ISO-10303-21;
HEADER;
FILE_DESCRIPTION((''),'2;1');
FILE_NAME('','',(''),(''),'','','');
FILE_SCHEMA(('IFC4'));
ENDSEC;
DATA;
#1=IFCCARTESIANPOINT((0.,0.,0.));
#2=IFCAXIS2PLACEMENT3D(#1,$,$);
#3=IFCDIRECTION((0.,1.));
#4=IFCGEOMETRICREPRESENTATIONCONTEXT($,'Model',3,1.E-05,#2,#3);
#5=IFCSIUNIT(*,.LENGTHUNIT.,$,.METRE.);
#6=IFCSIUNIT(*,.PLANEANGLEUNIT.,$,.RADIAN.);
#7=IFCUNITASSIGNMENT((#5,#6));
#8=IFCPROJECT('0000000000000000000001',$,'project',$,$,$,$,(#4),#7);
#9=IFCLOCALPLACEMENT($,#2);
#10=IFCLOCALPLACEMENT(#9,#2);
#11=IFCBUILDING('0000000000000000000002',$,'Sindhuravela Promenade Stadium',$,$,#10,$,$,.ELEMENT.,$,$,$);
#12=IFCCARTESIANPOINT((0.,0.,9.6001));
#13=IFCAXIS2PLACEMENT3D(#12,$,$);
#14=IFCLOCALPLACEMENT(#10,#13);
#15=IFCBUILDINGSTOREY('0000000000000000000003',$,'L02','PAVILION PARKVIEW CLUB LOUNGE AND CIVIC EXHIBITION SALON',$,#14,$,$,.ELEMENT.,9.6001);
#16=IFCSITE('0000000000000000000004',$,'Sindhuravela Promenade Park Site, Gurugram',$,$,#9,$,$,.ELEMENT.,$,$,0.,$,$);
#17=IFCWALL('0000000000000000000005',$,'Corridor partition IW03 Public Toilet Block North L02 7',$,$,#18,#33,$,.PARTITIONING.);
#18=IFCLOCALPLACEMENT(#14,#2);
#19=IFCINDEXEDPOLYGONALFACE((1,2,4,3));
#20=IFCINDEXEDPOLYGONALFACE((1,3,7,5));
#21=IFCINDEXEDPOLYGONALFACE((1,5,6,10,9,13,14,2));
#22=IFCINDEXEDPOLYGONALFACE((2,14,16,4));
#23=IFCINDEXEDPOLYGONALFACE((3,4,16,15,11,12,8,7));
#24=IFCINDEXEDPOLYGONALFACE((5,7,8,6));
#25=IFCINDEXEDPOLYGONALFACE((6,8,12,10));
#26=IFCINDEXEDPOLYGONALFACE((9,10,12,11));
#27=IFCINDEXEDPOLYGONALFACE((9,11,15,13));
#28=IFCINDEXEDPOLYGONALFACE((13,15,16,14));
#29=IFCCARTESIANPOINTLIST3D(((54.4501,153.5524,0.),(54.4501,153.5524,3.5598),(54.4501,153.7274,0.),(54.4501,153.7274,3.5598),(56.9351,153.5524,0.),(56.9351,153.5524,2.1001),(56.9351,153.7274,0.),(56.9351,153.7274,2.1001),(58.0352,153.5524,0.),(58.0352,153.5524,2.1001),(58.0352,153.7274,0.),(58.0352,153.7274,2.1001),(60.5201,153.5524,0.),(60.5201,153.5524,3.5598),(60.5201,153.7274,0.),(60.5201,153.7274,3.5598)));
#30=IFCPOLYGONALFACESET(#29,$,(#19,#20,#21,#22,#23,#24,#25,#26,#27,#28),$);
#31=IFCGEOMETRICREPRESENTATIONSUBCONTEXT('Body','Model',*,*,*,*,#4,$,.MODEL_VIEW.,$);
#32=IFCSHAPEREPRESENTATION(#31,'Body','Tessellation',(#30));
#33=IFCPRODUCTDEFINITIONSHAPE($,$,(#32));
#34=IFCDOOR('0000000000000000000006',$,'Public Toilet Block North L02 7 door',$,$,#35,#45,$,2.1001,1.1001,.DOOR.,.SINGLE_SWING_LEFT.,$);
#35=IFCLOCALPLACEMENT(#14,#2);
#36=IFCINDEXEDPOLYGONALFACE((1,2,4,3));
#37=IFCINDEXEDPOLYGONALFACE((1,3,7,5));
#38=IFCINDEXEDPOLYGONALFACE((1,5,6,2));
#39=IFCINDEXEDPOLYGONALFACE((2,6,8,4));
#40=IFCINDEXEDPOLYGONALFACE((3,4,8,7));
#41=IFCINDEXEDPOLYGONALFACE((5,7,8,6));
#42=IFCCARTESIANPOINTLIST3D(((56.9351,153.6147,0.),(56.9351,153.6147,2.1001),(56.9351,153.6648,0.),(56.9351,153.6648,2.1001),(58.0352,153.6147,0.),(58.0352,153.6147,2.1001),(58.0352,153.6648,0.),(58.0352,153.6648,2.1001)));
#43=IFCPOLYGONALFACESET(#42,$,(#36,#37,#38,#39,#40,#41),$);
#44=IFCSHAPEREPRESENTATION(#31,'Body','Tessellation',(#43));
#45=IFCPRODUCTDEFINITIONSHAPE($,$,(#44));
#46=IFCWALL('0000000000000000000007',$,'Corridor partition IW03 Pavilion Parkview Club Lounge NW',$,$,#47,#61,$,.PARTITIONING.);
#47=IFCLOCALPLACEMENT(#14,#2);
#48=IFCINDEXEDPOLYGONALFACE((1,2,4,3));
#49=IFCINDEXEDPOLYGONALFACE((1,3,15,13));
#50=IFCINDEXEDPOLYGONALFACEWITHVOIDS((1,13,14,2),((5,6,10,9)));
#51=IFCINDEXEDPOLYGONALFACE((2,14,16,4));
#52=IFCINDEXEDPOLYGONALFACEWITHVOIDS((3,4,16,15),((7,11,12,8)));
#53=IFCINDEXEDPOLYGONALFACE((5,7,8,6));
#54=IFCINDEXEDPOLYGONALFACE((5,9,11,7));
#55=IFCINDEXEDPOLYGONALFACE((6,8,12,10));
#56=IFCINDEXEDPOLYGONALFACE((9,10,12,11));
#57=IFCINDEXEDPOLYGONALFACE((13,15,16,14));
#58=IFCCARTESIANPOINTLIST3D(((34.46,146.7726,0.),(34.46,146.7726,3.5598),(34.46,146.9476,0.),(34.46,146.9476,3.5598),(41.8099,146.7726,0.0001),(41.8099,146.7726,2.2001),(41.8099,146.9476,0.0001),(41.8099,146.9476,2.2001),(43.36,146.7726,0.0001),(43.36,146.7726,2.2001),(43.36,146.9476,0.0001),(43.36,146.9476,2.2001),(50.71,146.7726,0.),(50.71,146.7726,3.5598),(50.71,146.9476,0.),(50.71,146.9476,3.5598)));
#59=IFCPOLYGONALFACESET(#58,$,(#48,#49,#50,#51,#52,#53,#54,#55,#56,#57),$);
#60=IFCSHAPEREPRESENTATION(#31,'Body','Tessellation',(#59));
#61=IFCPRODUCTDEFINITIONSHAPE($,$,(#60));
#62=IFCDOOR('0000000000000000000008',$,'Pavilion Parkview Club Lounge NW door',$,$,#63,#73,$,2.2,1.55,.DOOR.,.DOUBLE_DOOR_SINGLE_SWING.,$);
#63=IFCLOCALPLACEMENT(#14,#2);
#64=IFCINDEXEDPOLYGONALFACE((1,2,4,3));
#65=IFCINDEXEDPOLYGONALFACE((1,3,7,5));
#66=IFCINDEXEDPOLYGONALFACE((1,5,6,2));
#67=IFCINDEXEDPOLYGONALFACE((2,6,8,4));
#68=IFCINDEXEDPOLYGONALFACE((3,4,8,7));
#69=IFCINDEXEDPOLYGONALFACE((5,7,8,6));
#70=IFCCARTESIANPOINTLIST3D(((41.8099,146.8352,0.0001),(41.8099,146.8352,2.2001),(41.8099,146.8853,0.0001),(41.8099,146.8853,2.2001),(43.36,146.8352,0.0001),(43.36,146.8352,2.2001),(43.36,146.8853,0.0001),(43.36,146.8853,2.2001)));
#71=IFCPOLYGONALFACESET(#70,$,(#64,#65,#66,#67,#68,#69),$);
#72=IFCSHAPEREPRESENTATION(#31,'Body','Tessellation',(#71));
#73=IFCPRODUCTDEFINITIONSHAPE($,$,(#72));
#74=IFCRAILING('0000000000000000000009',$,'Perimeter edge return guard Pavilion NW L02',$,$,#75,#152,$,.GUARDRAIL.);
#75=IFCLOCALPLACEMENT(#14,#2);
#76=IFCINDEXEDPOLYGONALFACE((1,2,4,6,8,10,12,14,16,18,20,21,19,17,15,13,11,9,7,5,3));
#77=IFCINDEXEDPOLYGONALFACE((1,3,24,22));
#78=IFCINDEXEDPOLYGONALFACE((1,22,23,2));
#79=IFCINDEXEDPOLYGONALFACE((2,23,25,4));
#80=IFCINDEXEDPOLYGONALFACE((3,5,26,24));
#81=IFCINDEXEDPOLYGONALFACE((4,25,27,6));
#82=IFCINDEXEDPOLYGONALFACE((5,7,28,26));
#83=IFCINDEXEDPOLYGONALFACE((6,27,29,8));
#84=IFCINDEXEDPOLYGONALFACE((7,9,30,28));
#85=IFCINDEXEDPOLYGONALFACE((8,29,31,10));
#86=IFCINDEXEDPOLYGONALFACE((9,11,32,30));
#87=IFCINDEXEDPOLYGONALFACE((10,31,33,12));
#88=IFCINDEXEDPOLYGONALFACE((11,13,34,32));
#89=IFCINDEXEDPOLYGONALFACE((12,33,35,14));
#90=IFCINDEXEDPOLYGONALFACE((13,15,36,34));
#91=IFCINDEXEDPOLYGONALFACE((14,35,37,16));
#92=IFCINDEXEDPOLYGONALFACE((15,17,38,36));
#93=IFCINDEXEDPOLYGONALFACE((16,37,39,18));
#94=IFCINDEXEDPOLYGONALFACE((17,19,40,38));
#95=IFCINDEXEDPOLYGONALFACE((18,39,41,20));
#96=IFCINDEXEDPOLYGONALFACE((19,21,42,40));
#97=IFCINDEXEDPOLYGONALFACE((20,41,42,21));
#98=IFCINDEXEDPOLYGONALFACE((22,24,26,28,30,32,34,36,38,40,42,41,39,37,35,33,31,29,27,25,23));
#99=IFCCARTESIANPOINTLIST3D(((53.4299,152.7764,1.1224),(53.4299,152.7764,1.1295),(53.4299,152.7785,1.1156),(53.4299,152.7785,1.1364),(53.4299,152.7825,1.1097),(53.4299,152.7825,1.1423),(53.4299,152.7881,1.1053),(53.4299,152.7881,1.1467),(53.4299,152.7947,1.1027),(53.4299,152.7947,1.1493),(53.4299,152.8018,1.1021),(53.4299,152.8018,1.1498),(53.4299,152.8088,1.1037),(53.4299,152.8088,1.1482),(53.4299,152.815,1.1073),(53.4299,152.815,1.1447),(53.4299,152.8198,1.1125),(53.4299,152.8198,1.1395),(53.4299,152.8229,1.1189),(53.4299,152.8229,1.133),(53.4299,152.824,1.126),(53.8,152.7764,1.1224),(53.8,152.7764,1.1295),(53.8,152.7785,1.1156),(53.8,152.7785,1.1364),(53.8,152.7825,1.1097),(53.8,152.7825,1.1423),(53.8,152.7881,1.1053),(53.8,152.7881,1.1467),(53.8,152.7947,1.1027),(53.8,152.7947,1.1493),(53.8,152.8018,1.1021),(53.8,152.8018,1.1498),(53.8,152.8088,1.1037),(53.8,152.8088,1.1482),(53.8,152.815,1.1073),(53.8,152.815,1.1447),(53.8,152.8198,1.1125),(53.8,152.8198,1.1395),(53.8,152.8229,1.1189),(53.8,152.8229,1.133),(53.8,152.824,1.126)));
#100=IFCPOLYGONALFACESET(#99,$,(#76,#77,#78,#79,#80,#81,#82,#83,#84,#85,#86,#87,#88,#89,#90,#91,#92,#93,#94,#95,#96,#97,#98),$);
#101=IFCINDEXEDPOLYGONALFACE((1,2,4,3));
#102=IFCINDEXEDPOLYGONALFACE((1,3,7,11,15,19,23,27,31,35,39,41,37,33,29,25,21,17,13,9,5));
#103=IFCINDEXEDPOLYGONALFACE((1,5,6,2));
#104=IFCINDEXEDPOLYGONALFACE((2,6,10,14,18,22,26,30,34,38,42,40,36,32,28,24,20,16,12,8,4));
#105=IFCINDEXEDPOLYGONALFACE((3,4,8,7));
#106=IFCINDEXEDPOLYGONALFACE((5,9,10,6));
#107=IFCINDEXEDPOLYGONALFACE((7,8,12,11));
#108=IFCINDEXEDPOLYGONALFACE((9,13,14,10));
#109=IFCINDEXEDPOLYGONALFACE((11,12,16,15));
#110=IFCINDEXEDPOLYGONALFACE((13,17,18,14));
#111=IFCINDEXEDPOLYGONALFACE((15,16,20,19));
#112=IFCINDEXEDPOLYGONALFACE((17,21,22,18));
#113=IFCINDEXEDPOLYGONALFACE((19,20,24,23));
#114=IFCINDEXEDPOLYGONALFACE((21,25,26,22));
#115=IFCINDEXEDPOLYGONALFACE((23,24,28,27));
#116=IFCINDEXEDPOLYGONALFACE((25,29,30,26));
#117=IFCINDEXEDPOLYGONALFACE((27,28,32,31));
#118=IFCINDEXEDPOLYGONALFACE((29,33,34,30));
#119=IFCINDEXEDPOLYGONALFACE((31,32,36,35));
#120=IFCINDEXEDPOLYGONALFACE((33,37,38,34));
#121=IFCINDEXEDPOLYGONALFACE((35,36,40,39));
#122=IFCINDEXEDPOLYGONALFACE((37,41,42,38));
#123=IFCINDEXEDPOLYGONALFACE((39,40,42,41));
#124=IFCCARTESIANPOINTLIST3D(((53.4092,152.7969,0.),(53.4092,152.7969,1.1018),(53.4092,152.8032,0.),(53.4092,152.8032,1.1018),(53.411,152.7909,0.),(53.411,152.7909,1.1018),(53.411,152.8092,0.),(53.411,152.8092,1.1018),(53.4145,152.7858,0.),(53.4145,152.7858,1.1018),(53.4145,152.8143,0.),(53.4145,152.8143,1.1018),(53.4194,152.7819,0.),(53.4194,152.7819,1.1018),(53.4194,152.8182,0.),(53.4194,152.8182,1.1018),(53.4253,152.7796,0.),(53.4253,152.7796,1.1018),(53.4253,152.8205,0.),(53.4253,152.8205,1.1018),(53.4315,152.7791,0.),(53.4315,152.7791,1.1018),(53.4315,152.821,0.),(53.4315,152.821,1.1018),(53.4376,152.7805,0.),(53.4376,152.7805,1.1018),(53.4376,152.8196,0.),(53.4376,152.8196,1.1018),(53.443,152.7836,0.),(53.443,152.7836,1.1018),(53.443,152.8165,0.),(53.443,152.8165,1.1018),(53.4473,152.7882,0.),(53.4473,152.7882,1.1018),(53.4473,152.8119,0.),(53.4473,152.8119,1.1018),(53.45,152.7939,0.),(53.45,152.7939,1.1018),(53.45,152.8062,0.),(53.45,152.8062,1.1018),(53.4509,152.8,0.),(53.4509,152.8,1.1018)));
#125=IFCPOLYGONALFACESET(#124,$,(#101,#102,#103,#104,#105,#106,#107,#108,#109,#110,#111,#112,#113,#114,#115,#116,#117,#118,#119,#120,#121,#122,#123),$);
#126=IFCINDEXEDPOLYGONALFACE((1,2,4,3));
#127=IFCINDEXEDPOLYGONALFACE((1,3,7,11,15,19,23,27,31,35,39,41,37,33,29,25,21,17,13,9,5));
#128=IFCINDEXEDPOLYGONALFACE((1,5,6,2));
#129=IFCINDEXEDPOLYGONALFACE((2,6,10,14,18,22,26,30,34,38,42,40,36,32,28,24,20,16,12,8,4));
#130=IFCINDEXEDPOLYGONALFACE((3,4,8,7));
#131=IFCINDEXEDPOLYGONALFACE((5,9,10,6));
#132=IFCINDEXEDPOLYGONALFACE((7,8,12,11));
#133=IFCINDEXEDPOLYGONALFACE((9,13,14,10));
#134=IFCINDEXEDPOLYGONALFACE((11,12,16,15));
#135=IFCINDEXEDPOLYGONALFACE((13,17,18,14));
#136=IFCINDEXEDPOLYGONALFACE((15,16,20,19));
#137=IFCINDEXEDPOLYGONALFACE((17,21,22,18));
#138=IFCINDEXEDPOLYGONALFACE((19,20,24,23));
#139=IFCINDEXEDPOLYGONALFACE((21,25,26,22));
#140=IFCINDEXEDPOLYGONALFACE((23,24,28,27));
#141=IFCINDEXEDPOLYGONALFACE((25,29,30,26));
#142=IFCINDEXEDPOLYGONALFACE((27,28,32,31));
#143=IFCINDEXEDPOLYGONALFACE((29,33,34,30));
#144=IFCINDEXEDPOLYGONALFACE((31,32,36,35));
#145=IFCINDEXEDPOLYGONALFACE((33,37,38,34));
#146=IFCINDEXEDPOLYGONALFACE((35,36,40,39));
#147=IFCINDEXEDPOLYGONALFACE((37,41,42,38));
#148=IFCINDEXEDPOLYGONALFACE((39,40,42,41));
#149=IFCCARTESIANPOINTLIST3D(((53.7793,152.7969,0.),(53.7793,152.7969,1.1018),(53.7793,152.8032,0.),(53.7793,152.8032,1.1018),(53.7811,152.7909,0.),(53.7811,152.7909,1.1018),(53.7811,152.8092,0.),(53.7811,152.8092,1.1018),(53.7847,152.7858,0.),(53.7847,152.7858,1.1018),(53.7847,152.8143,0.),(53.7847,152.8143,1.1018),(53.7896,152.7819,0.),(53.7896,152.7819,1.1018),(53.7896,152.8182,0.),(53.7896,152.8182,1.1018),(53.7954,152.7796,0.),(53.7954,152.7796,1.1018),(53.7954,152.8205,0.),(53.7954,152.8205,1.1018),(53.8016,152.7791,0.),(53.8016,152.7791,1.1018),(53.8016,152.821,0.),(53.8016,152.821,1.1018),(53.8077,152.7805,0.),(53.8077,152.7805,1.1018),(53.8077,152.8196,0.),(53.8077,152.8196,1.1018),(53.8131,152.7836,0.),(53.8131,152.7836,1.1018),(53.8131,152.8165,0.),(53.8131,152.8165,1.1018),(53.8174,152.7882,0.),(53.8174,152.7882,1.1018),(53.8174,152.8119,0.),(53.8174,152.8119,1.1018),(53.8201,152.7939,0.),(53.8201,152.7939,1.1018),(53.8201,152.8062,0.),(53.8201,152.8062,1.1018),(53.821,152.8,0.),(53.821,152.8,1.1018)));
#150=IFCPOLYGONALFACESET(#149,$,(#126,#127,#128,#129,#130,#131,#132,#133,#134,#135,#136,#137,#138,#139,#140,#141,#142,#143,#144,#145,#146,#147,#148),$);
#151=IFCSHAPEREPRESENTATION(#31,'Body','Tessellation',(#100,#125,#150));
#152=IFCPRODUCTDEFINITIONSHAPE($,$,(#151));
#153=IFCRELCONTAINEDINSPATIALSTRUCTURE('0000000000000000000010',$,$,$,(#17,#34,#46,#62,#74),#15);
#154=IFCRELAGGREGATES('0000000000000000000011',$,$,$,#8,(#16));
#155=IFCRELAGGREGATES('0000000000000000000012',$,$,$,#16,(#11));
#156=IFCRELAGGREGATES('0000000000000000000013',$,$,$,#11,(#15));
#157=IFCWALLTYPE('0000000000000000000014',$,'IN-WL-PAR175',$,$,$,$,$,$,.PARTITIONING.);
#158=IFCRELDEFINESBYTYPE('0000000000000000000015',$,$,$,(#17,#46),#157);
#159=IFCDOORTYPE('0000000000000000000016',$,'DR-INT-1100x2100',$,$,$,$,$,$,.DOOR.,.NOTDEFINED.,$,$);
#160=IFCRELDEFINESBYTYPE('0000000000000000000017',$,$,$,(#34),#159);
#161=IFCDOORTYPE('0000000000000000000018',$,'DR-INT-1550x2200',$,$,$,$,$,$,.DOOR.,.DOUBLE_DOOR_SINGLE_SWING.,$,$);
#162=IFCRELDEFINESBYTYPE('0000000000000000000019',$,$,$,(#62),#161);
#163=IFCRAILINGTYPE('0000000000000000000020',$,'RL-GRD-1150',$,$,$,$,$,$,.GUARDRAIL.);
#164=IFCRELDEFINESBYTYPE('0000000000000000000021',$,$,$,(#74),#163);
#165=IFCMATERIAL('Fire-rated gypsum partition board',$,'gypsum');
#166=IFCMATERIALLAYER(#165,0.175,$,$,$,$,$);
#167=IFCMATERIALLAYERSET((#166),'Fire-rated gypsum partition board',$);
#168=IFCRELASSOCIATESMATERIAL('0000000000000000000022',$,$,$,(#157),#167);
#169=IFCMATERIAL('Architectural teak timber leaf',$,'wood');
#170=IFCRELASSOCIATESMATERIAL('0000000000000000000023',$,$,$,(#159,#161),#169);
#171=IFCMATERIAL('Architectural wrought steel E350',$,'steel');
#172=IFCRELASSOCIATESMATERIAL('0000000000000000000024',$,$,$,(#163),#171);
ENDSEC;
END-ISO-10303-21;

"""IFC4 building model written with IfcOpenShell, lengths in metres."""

from ifc_helpers import new_model, si_unit, direction, frame, frame_2d, origin, origin_2d, place, context, subcontext, project, spatial, rectangle, circle, extrude, material, layer, layer_set, type_object, element, fill, save


model = new_model("IFC4")

# Units and contexts
model_context = context("Model", 3, precision=1e-05, world=origin(), true_north=direction((0.0, 1.0)))
body_context = subcontext(model_context, "Body", "Model", "MODEL_VIEW")
ifc_project = project(units=[si_unit("LENGTHUNIT", "METRE"), si_unit("PLANEANGLEUNIT", "RADIAN")], contexts=[model_context])

# Site, building, storey
site_placement = place(None, origin())
site = spatial("IfcSite", under=ifc_project, at=site_placement, Name="Sindhuravela Promenade Park Site, Gurugram", CompositionType="ELEMENT", RefElevation=0.0)
building_placement = place(site_placement, origin())
building = spatial("IfcBuilding", under=site, at=building_placement, Name="Sindhuravela Promenade Stadium", CompositionType="ELEMENT")
storey_placement = place(building_placement, frame((0.0, 0.0, 9.6001)))
storey = spatial("IfcBuildingStorey", under=building, at=storey_placement, Name="L02", Description="PAVILION PARKVIEW CLUB LOUNGE AND CIVIC EXHIBITION SALON", CompositionType="ELEMENT", Elevation=9.6001)

# Shared definitions
ifc_material_1 = material(Name="Fire-rated gypsum partition board", Category="gypsum")

# Walls, openings, doors
ifc_material_2 = material(Name="Architectural teak timber leaf", Category="wood")
ifc_layer_1 = layer(ifc_material_1, 0.175)
ifc_layer_set_1 = layer_set([ifc_layer_1], Name="Fire-rated gypsum partition board")
wall_type_1 = type_object("IfcWallType", Name="IN-WL-PAR175", PredefinedType="PARTITIONING", material=ifc_layer_set_1)
wall_1_placement = place(storey_placement, frame((54.45, 153.6399, 0.0), z_axis=(0.0, 0.0, 1.0), x_axis=(1.0, 0.0, 0.0)))
wall_1 = element("IfcWall", 1, at=wall_1_placement, inside=storey, type_object=wall_type_1, Name="Corridor partition IW03 Public Toilet Block North L02 7", PredefinedType="PARTITIONING", context=body_context, shape_type="SweptSolid", body=[
    extrude(rectangle(XDim=6.0701, YDim=0.175, at=frame_2d((3.0352, 0.0))), origin(), (0.0, 0.0, 1.0), 3.5598),
])
opening_1_placement = place(wall_1_placement, frame((2.4851, 0.0, 0.0)))
opening_1 = element("IfcOpeningElement", 2, at=opening_1_placement, cuts=wall_1, PredefinedType="OPENING", context=body_context, shape_type="SweptSolid", body=[
    extrude(rectangle(XDim=1.1001, YDim=2.1001, at=frame_2d((0.55, 1.05))), frame((0.0, 0.0974, 0.0), z_axis=(0.0, -1.0, 0.0), x_axis=(1.0, 0.0, 0.0)), (0.0, 0.0, 1.0), 0.1951),
])
door_type_1 = type_object("IfcDoorType", Name="DR-INT-1100x2100", OperationType="NOTDEFINED", PredefinedType="DOOR", material=ifc_material_2)
door_1_placement = place(opening_1_placement, origin())
door_1 = element("IfcDoor", 3, at=door_1_placement, inside=storey, type_object=door_type_1, Name="Public Toilet Block North L02 7 door", OperationType="SINGLE_SWING_LEFT", OverallHeight=2.1001, OverallWidth=1.1001, PredefinedType="DOOR", context=body_context, shape_type="SweptSolid", body=[
    extrude(rectangle(XDim=1.1001, YDim=2.1001, at=frame_2d((0.55, 1.05))), frame((0.0, 0.0249, 0.0), z_axis=(0.0, -1.0, 0.0), x_axis=(1.0, 0.0, 0.0)), (0.0, 0.0, 1.0), 0.05),
])
fill(opening_1, door_1)
wall_2_placement = place(storey_placement, frame((50.71, 146.8601, 0.0), z_axis=(0.0, 0.0, 1.0), x_axis=(-1.0, 0.0, 0.0)))
wall_2 = element("IfcWall", 4, at=wall_2_placement, inside=storey, type_object=wall_type_1, Name="Corridor partition IW03 Pavilion Parkview Club Lounge NW", PredefinedType="PARTITIONING", context=body_context, shape_type="SweptSolid", body=[
    extrude(rectangle(XDim=16.25, YDim=0.175, at=frame_2d((8.125, 0.0))), origin(), (0.0, 0.0, 1.0), 3.5598),
])
opening_2_placement = place(wall_2_placement, frame((7.3501, 0.0, 0.0)))
opening_2 = element("IfcOpeningElement", 5, at=opening_2_placement, cuts=wall_2, PredefinedType="OPENING", context=body_context, shape_type="SweptSolid", body=[
    extrude(rectangle(XDim=1.55, YDim=2.2, at=frame_2d((0.7749, 1.1001))), frame((0.0, 0.0974, 0.0), z_axis=(0.0, -1.0, 0.0), x_axis=(1.0, 0.0, 0.0)), (0.0, 0.0, 1.0), 0.1951),
])
door_type_2 = type_object("IfcDoorType", Name="DR-INT-1550x2200", OperationType="DOUBLE_DOOR_SINGLE_SWING", PredefinedType="DOOR", material=ifc_material_2)
door_2_placement = place(opening_2_placement, origin())
door_2 = element("IfcDoor", 6, at=door_2_placement, inside=storey, type_object=door_type_2, Name="Pavilion Parkview Club Lounge NW door", OperationType="DOUBLE_DOOR_SINGLE_SWING", OverallHeight=2.2, OverallWidth=1.55, PredefinedType="DOOR", context=body_context, shape_type="SweptSolid", body=[
    extrude(rectangle(XDim=1.55, YDim=2.2, at=frame_2d((0.7749, 1.1001))), frame((0.0, 0.0249, 0.0), z_axis=(0.0, -1.0, 0.0), x_axis=(1.0, 0.0, 0.0)), (0.0, 0.0, 1.0), 0.05),
])
fill(opening_2, door_2)

# Railing
ifc_material_3 = material(Name="Architectural wrought steel E350", Category="steel")
railing_type = type_object("IfcRailingType", Name="RL-GRD-1150", PredefinedType="GUARDRAIL", material=ifc_material_3)
railing_placement = place(storey_placement, frame((53.4299, 152.8, 0.0)))
element("IfcRailing", 7, at=railing_placement, inside=storey, type_object=railing_type, Name="Perimeter edge return guard Pavilion NW L02", PredefinedType="GUARDRAIL", context=body_context, shape_type="SweptSolid", body=[
    extrude(circle(Radius=0.0239, at=origin_2d()), frame((0.0, 0.0, 1.126), z_axis=(1.0, 0.0, 0.0), x_axis=(0.0, 1.0, 0.0)), (0.0, 0.0, 1.0), 0.3701),
    extrude(circle(Radius=0.021, at=origin_2d()), origin(), (0.0, 0.0, 1.0), 1.1018),
    extrude(circle(Radius=0.021, at=origin_2d()), frame((0.3701, 0.0, 0.0)), (0.0, 0.0, 1.0), 1.1018),
])

save(model, "model.ifc")
